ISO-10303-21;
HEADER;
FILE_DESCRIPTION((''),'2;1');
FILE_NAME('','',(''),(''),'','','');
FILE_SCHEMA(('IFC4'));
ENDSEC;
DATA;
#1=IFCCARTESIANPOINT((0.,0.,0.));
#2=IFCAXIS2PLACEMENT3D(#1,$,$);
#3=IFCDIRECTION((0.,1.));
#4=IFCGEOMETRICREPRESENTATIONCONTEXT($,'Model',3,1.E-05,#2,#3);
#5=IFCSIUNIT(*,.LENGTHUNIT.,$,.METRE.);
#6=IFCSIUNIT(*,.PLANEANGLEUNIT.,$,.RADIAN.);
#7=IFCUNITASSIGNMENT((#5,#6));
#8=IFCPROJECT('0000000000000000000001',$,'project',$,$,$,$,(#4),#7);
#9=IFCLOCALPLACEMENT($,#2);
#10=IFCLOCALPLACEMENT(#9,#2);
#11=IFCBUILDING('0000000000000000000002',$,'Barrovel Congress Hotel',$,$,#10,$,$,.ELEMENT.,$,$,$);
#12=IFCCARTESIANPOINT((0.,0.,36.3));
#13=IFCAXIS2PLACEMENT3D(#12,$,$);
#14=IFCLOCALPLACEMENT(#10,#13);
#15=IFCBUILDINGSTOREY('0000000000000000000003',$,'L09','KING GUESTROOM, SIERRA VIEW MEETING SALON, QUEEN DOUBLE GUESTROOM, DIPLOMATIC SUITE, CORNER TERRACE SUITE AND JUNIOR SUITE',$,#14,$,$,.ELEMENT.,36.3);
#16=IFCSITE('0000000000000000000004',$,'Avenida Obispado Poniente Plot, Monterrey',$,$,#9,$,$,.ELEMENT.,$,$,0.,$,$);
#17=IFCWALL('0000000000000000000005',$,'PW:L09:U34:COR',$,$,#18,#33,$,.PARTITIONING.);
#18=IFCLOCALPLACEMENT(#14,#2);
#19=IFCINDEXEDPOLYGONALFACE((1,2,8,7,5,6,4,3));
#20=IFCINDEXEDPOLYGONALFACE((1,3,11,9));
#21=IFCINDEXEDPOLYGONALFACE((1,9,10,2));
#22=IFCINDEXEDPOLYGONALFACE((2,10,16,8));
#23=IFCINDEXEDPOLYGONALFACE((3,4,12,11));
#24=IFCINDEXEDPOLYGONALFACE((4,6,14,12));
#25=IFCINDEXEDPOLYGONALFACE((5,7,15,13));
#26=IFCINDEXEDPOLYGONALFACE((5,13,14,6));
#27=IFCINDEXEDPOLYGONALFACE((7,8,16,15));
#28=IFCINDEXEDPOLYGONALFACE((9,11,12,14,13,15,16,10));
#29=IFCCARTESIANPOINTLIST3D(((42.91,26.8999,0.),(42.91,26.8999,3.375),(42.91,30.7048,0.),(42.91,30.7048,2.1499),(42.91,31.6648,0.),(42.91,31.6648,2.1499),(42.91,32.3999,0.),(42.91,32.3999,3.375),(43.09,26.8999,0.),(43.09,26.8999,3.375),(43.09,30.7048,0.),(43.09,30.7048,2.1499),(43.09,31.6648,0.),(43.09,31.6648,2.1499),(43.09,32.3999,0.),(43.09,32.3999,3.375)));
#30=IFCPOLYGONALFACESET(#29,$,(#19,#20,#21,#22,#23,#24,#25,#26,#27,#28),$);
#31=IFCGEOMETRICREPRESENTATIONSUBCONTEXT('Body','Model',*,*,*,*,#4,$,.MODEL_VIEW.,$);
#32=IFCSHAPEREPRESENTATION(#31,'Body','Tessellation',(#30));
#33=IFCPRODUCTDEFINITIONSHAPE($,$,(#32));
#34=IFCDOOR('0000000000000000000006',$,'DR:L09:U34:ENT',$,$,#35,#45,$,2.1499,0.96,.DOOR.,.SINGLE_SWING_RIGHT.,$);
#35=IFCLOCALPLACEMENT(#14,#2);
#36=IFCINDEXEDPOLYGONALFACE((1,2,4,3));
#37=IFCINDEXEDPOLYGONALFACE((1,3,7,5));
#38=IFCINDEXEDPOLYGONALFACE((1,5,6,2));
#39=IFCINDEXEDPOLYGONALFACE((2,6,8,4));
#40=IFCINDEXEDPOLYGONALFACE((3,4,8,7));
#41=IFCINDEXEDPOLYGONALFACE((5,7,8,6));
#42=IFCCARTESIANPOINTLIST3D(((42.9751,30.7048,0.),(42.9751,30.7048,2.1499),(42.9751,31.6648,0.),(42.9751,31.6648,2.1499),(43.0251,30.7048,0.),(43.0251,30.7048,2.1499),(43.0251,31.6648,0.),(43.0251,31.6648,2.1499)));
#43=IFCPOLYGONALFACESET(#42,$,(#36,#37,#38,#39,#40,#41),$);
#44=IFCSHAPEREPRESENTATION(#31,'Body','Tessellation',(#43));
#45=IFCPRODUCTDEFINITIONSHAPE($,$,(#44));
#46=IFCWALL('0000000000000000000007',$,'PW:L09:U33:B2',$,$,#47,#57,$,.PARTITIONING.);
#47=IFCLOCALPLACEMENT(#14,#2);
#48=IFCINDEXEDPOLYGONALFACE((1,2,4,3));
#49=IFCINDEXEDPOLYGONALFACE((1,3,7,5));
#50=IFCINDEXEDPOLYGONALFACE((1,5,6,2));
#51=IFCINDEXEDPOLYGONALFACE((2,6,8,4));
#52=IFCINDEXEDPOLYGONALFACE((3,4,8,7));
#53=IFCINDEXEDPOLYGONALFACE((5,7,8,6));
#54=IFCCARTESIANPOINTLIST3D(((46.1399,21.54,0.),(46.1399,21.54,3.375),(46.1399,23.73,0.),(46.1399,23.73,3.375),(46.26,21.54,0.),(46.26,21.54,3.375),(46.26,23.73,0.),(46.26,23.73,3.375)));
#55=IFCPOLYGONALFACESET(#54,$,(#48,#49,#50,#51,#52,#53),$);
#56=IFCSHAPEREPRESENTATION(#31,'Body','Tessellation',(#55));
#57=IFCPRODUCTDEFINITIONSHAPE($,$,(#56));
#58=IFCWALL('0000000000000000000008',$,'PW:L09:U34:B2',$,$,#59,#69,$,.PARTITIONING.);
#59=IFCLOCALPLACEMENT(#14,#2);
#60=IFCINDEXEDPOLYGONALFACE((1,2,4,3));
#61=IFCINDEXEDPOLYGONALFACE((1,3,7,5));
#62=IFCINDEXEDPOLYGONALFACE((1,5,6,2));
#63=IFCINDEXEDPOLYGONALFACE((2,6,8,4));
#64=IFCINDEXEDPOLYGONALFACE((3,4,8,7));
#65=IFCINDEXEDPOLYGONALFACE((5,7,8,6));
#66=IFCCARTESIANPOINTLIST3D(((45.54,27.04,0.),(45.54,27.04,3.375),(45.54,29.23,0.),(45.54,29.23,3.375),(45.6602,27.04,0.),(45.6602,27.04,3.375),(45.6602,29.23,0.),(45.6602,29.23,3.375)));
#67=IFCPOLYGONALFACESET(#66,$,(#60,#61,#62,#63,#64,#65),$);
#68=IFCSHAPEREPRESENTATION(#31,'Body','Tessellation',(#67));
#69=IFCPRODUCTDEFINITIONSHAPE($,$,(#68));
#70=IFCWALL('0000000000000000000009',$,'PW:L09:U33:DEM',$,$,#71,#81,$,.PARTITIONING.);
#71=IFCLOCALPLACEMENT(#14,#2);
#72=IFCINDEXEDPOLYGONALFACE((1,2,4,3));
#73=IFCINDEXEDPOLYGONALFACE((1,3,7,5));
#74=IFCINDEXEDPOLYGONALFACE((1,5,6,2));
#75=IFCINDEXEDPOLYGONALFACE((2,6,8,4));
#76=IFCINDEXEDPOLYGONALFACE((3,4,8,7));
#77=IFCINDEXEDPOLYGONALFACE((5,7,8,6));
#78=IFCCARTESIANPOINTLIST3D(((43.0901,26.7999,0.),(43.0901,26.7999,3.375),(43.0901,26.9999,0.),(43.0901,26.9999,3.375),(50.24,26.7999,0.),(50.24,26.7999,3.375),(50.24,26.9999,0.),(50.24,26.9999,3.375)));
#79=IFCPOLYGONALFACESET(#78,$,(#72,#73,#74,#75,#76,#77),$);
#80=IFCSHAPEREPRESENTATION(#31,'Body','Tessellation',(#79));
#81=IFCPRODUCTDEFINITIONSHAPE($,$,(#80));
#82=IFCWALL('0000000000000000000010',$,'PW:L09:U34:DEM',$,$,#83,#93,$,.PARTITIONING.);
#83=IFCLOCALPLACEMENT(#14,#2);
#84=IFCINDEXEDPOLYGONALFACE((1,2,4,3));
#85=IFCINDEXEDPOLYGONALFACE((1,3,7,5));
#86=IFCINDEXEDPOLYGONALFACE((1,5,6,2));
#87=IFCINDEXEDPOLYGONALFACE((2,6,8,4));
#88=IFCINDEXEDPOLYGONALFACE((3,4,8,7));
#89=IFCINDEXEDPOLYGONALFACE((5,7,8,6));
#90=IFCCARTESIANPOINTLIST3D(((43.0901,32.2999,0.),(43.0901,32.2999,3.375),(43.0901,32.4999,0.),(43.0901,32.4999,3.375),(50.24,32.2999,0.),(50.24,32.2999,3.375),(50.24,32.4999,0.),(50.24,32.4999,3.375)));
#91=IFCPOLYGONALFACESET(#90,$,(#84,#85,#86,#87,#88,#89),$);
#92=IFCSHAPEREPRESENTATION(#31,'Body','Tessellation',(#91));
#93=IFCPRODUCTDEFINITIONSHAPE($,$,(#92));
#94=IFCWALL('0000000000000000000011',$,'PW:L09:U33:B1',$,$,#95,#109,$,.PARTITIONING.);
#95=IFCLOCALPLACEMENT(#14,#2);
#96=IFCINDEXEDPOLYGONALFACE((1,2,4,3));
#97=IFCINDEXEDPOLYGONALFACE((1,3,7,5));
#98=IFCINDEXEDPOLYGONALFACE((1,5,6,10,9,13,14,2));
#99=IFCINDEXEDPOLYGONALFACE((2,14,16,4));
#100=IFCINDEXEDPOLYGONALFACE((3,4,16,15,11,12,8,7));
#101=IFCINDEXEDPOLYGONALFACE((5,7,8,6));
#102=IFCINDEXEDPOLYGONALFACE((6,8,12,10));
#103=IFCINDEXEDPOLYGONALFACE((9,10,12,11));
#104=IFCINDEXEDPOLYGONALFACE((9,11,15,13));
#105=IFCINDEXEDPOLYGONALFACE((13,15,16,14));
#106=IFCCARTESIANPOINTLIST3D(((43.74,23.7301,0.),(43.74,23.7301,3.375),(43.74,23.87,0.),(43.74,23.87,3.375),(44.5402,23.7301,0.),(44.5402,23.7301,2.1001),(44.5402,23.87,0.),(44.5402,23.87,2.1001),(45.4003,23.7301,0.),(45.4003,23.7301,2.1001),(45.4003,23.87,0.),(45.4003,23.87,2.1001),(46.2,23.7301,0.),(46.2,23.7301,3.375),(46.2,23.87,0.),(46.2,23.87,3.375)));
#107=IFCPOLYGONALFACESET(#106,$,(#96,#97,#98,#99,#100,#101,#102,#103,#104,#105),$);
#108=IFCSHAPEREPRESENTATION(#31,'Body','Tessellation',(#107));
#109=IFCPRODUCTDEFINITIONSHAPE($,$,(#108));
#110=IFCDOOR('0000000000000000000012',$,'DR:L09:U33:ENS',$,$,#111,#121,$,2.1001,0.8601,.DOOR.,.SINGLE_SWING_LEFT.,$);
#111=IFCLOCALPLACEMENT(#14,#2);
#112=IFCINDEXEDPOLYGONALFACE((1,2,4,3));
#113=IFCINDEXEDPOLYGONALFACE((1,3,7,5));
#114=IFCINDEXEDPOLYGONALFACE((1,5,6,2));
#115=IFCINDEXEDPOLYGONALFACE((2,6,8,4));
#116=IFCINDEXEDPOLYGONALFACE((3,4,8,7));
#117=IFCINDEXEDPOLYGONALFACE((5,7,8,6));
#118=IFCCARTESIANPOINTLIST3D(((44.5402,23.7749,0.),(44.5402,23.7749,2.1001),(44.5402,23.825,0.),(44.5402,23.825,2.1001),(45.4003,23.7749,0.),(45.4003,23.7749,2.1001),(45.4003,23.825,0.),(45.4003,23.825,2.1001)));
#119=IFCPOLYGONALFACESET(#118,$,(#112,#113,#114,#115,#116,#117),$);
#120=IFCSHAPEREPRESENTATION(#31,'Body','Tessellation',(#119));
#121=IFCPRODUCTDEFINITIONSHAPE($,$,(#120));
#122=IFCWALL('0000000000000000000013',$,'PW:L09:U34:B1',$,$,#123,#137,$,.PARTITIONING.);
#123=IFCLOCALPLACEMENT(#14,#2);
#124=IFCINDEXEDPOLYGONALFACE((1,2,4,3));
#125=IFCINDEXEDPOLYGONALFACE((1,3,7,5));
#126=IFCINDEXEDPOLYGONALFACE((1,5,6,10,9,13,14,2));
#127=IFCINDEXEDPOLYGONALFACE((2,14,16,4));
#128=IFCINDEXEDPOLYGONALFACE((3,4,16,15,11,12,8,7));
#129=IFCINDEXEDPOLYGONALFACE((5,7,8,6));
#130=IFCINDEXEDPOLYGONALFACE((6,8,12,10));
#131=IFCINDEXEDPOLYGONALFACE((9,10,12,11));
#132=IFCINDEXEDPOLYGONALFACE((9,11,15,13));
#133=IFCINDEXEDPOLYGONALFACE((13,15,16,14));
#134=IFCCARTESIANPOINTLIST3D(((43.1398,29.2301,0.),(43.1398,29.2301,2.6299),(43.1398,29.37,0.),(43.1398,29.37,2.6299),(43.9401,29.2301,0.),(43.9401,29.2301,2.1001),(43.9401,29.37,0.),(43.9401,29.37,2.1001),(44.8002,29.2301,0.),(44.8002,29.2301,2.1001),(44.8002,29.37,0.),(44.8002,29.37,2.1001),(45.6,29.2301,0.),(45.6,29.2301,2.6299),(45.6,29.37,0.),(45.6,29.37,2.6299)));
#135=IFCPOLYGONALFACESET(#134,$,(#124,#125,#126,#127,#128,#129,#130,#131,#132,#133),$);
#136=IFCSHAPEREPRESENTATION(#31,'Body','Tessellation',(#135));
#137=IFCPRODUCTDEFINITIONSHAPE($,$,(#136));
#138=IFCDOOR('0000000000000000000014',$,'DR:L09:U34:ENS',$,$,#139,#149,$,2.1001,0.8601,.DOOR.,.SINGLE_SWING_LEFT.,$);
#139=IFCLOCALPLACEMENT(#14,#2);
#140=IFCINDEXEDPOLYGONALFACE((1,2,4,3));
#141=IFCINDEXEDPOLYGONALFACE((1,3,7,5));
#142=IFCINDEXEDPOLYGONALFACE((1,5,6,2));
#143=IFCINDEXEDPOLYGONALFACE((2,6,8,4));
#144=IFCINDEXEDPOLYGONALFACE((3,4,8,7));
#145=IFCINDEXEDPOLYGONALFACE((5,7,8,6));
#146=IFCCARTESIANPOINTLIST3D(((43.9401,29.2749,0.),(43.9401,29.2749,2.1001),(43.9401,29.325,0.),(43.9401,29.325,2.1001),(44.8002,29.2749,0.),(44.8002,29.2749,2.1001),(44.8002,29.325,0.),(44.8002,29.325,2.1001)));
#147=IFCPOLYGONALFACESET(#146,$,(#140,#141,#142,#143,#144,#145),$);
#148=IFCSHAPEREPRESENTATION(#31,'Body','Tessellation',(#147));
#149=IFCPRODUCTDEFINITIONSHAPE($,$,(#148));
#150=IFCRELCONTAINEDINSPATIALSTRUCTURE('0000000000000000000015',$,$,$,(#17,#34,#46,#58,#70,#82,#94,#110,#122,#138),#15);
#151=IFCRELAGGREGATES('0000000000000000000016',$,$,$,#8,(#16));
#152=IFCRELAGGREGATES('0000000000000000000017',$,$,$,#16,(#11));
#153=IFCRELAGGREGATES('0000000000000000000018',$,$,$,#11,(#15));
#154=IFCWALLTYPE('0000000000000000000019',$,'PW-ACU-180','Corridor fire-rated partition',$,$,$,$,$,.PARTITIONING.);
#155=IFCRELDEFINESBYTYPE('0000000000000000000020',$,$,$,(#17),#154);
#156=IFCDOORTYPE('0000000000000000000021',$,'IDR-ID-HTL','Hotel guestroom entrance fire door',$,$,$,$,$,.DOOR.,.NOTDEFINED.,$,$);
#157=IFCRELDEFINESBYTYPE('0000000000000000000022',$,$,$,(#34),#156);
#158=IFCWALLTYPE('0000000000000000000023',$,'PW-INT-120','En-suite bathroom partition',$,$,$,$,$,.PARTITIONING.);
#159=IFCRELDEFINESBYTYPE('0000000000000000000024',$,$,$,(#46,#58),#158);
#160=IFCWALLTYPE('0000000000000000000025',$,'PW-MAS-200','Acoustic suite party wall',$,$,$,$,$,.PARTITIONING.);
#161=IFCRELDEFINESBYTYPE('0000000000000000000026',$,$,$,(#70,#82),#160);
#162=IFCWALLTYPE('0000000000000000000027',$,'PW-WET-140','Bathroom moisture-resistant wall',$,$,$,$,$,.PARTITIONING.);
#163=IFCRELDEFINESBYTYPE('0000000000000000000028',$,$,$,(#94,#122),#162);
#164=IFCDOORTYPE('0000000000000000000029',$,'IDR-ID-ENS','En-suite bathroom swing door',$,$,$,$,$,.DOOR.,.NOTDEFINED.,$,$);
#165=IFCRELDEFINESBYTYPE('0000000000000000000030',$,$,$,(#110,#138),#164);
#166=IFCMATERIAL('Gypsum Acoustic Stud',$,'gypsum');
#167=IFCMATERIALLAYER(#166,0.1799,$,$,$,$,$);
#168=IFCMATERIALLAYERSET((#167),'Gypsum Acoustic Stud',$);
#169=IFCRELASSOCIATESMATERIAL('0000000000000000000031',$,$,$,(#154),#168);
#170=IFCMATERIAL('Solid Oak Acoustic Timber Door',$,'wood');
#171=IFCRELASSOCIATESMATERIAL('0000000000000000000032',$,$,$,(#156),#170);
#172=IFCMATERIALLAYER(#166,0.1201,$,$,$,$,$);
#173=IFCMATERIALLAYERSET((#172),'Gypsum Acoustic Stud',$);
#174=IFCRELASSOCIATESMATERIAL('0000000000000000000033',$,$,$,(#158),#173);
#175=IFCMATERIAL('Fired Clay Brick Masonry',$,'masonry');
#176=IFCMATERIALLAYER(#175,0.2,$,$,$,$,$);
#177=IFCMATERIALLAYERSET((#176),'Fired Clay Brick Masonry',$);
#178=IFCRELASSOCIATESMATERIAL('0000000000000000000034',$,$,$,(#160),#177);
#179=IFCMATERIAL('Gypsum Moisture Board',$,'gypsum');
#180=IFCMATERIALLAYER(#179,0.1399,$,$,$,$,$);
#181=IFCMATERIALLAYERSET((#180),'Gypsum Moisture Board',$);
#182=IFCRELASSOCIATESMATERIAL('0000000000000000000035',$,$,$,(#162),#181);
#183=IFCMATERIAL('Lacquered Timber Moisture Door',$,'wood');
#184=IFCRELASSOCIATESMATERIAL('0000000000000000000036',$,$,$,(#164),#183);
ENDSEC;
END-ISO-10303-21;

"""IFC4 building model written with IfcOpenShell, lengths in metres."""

from ifc_helpers import new_model, si_unit, direction, frame, frame_2d, origin, place, context, subcontext, project, spatial, rectangle, extrude, material, layer, layer_set, type_object, element, fill, save


model = new_model("IFC4")

# Units and contexts
model_context = context("Model", 3, precision=1e-05, world=origin(), true_north=direction((0.0, 1.0)))
body_context = subcontext(model_context, "Body", "Model", "MODEL_VIEW")
ifc_project = project(units=[si_unit("LENGTHUNIT", "METRE"), si_unit("PLANEANGLEUNIT", "RADIAN")], contexts=[model_context])

# Site, building, storey
site_placement = place(None, origin())
site = spatial("IfcSite", under=ifc_project, at=site_placement, Name="Avenida Obispado Poniente Plot, Monterrey", CompositionType="ELEMENT", RefElevation=0.0)
building_placement = place(site_placement, origin())
building = spatial("IfcBuilding", under=site, at=building_placement, Name="Barrovel Congress Hotel", CompositionType="ELEMENT")
storey_placement = place(building_placement, frame((0.0, 0.0, 36.3)))
storey = spatial("IfcBuildingStorey", under=building, at=storey_placement, Name="L09", Description="KING GUESTROOM, SIERRA VIEW MEETING SALON, QUEEN DOUBLE GUESTROOM, DIPLOMATIC SUITE, CORNER TERRACE SUITE AND JUNIOR SUITE", CompositionType="ELEMENT", Elevation=36.3)

# Wall, opening, door
ifc_material_1 = material(Name="Gypsum Acoustic Stud", Category="gypsum")
ifc_layer_1 = layer(ifc_material_1, 0.1799)
ifc_layer_set_1 = layer_set([ifc_layer_1], Name="Gypsum Acoustic Stud")
wall_type_1 = type_object("IfcWallType", Name="PW-ACU-180", Description="Corridor fire-rated partition", PredefinedType="PARTITIONING", material=ifc_layer_set_1)
ifc_material_2 = material(Name="Solid Oak Acoustic Timber Door", Category="wood")
door_type_1 = type_object("IfcDoorType", Name="IDR-ID-HTL", Description="Hotel guestroom entrance fire door", OperationType="NOTDEFINED", PredefinedType="DOOR", material=ifc_material_2)
wall_1_placement = place(storey_placement, frame((43.0, 26.8999, 0.0), z_axis=(0.0, 0.0, 1.0), x_axis=(0.0, 1.0, 0.0)))
wall_1 = element("IfcWall", 1, at=wall_1_placement, inside=storey, type_object=wall_type_1, Name="PW:L09:U34:COR", PredefinedType="PARTITIONING", context=body_context, shape_type="SweptSolid", body=[
    extrude(rectangle(XDim=5.5, YDim=0.1799, at=frame_2d((2.75, 0.0))), origin(), (0.0, 0.0, 1.0), 3.375),
])
opening_1_placement = place(wall_1_placement, frame((3.8049, 0.0, 0.0)))
opening_1 = element("IfcOpeningElement", 2, at=opening_1_placement, cuts=wall_1, PredefinedType="OPENING", context=body_context, shape_type="SweptSolid", body=[
    extrude(rectangle(XDim=0.96, YDim=2.1499, at=frame_2d((0.48, 1.075))), frame((0.0, 0.1001, 0.0), z_axis=(0.0, -1.0, 0.0), x_axis=(1.0, 0.0, 0.0)), (0.0, 0.0, 1.0), 0.2),
])
door_1_placement = place(opening_1_placement, origin())
door_1 = element("IfcDoor", 3, at=door_1_placement, inside=storey, type_object=door_type_1, Name="DR:L09:U34:ENT", OperationType="SINGLE_SWING_RIGHT", OverallHeight=2.1499, OverallWidth=0.96, PredefinedType="DOOR", context=body_context, shape_type="SweptSolid", body=[
    extrude(rectangle(XDim=0.96, YDim=2.1499, at=frame_2d((0.48, 1.075))), frame((0.0, 0.0249, 0.0), z_axis=(0.0, -1.0, 0.0), x_axis=(1.0, 0.0, 0.0)), (0.0, 0.0, 1.0), 0.05),
])
fill(opening_1, door_1)

# Walls
ifc_layer_2 = layer(ifc_material_1, 0.1201)
ifc_layer_set_2 = layer_set([ifc_layer_2], Name="Gypsum Acoustic Stud")
wall_type_2 = type_object("IfcWallType", Name="PW-INT-120", Description="En-suite bathroom partition", PredefinedType="PARTITIONING", material=ifc_layer_set_2)
for number, where, z_axis, x_axis, name in (
    (4, (46.2, 21.54, 0.0), (0.0, 0.0, 1.0), (0.0, 1.0, 0.0), "PW:L09:U33:B2"),
    (5, (45.6001, 27.04, 0.0), (0.0, 0.0, 1.0), (0.0, 1.0, 0.0), "PW:L09:U34:B2"),
):
    element("IfcWall", number, at=place(storey_placement, frame(where, z_axis=z_axis, x_axis=x_axis)), inside=storey, type_object=wall_type_2, Name=name, PredefinedType="PARTITIONING", context=body_context, shape_type="SweptSolid", body=[
        extrude(rectangle(XDim=2.1899, YDim=0.1201, at=frame_2d((1.095, 0.0))), origin(), (0.0, 0.0, 1.0), 3.375),
    ])
ifc_material_3 = material(Name="Fired Clay Brick Masonry", Category="masonry")
ifc_layer_3 = layer(ifc_material_3, 0.2)
ifc_layer_set_3 = layer_set([ifc_layer_3], Name="Fired Clay Brick Masonry")
wall_type_3 = type_object("IfcWallType", Name="PW-MAS-200", Description="Acoustic suite party wall", PredefinedType="PARTITIONING", material=ifc_layer_set_3)
for number, where, z_axis, x_axis, name in (
    (6, (43.0901, 26.8999, 0.0), (0.0, 0.0, 1.0), (1.0, 0.0, 0.0), "PW:L09:U33:DEM"),
    (7, (43.0901, 32.3999, 0.0), (0.0, 0.0, 1.0), (1.0, 0.0, 0.0), "PW:L09:U34:DEM"),
):
    element("IfcWall", number, at=place(storey_placement, frame(where, z_axis=z_axis, x_axis=x_axis)), inside=storey, type_object=wall_type_3, Name=name, PredefinedType="PARTITIONING", context=body_context, shape_type="SweptSolid", body=[
        extrude(rectangle(XDim=7.1499, YDim=0.2, at=frame_2d((3.575, 0.0))), origin(), (0.0, 0.0, 1.0), 3.375),
    ])

# Walls, openings, doors
ifc_material_4 = material(Name="Gypsum Moisture Board", Category="gypsum")
ifc_layer_4 = layer(ifc_material_4, 0.1399)
ifc_layer_set_4 = layer_set([ifc_layer_4], Name="Gypsum Moisture Board")
wall_type_4 = type_object("IfcWallType", Name="PW-WET-140", Description="Bathroom moisture-resistant wall", PredefinedType="PARTITIONING", material=ifc_layer_set_4)
wall_2_placement = place(storey_placement, frame((43.74, 23.8, 0.0), z_axis=(0.0, 0.0, 1.0), x_axis=(1.0, 0.0, 0.0)))
wall_2 = element("IfcWall", 8, at=wall_2_placement, inside=storey, type_object=wall_type_4, Name="PW:L09:U33:B1", PredefinedType="PARTITIONING", context=body_context, shape_type="SweptSolid", body=[
    extrude(rectangle(XDim=2.46, YDim=0.1399, at=frame_2d((1.23, 0.0))), origin(), (0.0, 0.0, 1.0), 3.375),
])
opening_2_placement = place(wall_2_placement, frame((0.8, 0.0, 0.0)))
opening_2 = element("IfcOpeningElement", 9, at=opening_2_placement, cuts=wall_2, PredefinedType="OPENING", context=body_context, shape_type="SweptSolid", body=[
    extrude(rectangle(XDim=0.8601, YDim=2.1001, at=frame_2d((0.4302, 1.05))), frame((0.0, 0.0801, 0.0), z_axis=(0.0, -1.0, 0.0), x_axis=(1.0, 0.0, 0.0)), (0.0, 0.0, 1.0), 0.1599),
])
ifc_material_5 = material(Name="Lacquered Timber Moisture Door", Category="wood")
door_type_2 = type_object("IfcDoorType", Name="IDR-ID-ENS", Description="En-suite bathroom swing door", OperationType="NOTDEFINED", PredefinedType="DOOR", material=ifc_material_5)
door_2_placement = place(opening_2_placement, origin())
door_2 = element("IfcDoor", 10, at=door_2_placement, inside=storey, type_object=door_type_2, Name="DR:L09:U33:ENS", OperationType="SINGLE_SWING_LEFT", OverallHeight=2.1001, OverallWidth=0.8601, PredefinedType="DOOR", context=body_context, shape_type="SweptSolid", body=[
    extrude(rectangle(XDim=0.8601, YDim=2.1001, at=frame_2d((0.4302, 1.05))), frame((0.0, 0.0249, 0.0), z_axis=(0.0, -1.0, 0.0), x_axis=(1.0, 0.0, 0.0)), (0.0, 0.0, 1.0), 0.05),
])
fill(opening_2, door_2)
wall_3_placement = place(storey_placement, frame((43.1399, 29.3, 0.0), z_axis=(0.0, 0.0, 1.0), x_axis=(1.0, 0.0, 0.0)))
wall_3 = element("IfcWall", 11, at=wall_3_placement, inside=storey, type_object=wall_type_4, Name="PW:L09:U34:B1", PredefinedType="PARTITIONING", context=body_context, shape_type="SweptSolid", body=[
    extrude(rectangle(XDim=2.4602, YDim=0.1399, at=frame_2d((1.23, 0.0))), origin(), (0.0, 0.0, 1.0), 2.6299),
])
opening_3_placement = place(wall_3_placement, frame((0.8, 0.0, 0.0)))
opening_3 = element("IfcOpeningElement", 12, at=opening_3_placement, cuts=wall_3, PredefinedType="OPENING", context=body_context, shape_type="SweptSolid", body=[
    extrude(rectangle(XDim=0.8601, YDim=2.1001, at=frame_2d((0.4302, 1.05))), frame((0.0, 0.0801, 0.0), z_axis=(0.0, -1.0, 0.0), x_axis=(1.0, 0.0, 0.0)), (0.0, 0.0, 1.0), 0.1599),
])
door_3_placement = place(opening_3_placement, origin())
door_3 = element("IfcDoor", 13, at=door_3_placement, inside=storey, type_object=door_type_2, Name="DR:L09:U34:ENS", OperationType="SINGLE_SWING_LEFT", OverallHeight=2.1001, OverallWidth=0.8601, PredefinedType="DOOR", context=body_context, shape_type="SweptSolid", body=[
    extrude(rectangle(XDim=0.8601, YDim=2.1001, at=frame_2d((0.4302, 1.05))), frame((0.0, 0.0249, 0.0), z_axis=(0.0, -1.0, 0.0), x_axis=(1.0, 0.0, 0.0)), (0.0, 0.0, 1.0), 0.05),
])
fill(opening_3, door_3)

save(model, "model.ifc")
